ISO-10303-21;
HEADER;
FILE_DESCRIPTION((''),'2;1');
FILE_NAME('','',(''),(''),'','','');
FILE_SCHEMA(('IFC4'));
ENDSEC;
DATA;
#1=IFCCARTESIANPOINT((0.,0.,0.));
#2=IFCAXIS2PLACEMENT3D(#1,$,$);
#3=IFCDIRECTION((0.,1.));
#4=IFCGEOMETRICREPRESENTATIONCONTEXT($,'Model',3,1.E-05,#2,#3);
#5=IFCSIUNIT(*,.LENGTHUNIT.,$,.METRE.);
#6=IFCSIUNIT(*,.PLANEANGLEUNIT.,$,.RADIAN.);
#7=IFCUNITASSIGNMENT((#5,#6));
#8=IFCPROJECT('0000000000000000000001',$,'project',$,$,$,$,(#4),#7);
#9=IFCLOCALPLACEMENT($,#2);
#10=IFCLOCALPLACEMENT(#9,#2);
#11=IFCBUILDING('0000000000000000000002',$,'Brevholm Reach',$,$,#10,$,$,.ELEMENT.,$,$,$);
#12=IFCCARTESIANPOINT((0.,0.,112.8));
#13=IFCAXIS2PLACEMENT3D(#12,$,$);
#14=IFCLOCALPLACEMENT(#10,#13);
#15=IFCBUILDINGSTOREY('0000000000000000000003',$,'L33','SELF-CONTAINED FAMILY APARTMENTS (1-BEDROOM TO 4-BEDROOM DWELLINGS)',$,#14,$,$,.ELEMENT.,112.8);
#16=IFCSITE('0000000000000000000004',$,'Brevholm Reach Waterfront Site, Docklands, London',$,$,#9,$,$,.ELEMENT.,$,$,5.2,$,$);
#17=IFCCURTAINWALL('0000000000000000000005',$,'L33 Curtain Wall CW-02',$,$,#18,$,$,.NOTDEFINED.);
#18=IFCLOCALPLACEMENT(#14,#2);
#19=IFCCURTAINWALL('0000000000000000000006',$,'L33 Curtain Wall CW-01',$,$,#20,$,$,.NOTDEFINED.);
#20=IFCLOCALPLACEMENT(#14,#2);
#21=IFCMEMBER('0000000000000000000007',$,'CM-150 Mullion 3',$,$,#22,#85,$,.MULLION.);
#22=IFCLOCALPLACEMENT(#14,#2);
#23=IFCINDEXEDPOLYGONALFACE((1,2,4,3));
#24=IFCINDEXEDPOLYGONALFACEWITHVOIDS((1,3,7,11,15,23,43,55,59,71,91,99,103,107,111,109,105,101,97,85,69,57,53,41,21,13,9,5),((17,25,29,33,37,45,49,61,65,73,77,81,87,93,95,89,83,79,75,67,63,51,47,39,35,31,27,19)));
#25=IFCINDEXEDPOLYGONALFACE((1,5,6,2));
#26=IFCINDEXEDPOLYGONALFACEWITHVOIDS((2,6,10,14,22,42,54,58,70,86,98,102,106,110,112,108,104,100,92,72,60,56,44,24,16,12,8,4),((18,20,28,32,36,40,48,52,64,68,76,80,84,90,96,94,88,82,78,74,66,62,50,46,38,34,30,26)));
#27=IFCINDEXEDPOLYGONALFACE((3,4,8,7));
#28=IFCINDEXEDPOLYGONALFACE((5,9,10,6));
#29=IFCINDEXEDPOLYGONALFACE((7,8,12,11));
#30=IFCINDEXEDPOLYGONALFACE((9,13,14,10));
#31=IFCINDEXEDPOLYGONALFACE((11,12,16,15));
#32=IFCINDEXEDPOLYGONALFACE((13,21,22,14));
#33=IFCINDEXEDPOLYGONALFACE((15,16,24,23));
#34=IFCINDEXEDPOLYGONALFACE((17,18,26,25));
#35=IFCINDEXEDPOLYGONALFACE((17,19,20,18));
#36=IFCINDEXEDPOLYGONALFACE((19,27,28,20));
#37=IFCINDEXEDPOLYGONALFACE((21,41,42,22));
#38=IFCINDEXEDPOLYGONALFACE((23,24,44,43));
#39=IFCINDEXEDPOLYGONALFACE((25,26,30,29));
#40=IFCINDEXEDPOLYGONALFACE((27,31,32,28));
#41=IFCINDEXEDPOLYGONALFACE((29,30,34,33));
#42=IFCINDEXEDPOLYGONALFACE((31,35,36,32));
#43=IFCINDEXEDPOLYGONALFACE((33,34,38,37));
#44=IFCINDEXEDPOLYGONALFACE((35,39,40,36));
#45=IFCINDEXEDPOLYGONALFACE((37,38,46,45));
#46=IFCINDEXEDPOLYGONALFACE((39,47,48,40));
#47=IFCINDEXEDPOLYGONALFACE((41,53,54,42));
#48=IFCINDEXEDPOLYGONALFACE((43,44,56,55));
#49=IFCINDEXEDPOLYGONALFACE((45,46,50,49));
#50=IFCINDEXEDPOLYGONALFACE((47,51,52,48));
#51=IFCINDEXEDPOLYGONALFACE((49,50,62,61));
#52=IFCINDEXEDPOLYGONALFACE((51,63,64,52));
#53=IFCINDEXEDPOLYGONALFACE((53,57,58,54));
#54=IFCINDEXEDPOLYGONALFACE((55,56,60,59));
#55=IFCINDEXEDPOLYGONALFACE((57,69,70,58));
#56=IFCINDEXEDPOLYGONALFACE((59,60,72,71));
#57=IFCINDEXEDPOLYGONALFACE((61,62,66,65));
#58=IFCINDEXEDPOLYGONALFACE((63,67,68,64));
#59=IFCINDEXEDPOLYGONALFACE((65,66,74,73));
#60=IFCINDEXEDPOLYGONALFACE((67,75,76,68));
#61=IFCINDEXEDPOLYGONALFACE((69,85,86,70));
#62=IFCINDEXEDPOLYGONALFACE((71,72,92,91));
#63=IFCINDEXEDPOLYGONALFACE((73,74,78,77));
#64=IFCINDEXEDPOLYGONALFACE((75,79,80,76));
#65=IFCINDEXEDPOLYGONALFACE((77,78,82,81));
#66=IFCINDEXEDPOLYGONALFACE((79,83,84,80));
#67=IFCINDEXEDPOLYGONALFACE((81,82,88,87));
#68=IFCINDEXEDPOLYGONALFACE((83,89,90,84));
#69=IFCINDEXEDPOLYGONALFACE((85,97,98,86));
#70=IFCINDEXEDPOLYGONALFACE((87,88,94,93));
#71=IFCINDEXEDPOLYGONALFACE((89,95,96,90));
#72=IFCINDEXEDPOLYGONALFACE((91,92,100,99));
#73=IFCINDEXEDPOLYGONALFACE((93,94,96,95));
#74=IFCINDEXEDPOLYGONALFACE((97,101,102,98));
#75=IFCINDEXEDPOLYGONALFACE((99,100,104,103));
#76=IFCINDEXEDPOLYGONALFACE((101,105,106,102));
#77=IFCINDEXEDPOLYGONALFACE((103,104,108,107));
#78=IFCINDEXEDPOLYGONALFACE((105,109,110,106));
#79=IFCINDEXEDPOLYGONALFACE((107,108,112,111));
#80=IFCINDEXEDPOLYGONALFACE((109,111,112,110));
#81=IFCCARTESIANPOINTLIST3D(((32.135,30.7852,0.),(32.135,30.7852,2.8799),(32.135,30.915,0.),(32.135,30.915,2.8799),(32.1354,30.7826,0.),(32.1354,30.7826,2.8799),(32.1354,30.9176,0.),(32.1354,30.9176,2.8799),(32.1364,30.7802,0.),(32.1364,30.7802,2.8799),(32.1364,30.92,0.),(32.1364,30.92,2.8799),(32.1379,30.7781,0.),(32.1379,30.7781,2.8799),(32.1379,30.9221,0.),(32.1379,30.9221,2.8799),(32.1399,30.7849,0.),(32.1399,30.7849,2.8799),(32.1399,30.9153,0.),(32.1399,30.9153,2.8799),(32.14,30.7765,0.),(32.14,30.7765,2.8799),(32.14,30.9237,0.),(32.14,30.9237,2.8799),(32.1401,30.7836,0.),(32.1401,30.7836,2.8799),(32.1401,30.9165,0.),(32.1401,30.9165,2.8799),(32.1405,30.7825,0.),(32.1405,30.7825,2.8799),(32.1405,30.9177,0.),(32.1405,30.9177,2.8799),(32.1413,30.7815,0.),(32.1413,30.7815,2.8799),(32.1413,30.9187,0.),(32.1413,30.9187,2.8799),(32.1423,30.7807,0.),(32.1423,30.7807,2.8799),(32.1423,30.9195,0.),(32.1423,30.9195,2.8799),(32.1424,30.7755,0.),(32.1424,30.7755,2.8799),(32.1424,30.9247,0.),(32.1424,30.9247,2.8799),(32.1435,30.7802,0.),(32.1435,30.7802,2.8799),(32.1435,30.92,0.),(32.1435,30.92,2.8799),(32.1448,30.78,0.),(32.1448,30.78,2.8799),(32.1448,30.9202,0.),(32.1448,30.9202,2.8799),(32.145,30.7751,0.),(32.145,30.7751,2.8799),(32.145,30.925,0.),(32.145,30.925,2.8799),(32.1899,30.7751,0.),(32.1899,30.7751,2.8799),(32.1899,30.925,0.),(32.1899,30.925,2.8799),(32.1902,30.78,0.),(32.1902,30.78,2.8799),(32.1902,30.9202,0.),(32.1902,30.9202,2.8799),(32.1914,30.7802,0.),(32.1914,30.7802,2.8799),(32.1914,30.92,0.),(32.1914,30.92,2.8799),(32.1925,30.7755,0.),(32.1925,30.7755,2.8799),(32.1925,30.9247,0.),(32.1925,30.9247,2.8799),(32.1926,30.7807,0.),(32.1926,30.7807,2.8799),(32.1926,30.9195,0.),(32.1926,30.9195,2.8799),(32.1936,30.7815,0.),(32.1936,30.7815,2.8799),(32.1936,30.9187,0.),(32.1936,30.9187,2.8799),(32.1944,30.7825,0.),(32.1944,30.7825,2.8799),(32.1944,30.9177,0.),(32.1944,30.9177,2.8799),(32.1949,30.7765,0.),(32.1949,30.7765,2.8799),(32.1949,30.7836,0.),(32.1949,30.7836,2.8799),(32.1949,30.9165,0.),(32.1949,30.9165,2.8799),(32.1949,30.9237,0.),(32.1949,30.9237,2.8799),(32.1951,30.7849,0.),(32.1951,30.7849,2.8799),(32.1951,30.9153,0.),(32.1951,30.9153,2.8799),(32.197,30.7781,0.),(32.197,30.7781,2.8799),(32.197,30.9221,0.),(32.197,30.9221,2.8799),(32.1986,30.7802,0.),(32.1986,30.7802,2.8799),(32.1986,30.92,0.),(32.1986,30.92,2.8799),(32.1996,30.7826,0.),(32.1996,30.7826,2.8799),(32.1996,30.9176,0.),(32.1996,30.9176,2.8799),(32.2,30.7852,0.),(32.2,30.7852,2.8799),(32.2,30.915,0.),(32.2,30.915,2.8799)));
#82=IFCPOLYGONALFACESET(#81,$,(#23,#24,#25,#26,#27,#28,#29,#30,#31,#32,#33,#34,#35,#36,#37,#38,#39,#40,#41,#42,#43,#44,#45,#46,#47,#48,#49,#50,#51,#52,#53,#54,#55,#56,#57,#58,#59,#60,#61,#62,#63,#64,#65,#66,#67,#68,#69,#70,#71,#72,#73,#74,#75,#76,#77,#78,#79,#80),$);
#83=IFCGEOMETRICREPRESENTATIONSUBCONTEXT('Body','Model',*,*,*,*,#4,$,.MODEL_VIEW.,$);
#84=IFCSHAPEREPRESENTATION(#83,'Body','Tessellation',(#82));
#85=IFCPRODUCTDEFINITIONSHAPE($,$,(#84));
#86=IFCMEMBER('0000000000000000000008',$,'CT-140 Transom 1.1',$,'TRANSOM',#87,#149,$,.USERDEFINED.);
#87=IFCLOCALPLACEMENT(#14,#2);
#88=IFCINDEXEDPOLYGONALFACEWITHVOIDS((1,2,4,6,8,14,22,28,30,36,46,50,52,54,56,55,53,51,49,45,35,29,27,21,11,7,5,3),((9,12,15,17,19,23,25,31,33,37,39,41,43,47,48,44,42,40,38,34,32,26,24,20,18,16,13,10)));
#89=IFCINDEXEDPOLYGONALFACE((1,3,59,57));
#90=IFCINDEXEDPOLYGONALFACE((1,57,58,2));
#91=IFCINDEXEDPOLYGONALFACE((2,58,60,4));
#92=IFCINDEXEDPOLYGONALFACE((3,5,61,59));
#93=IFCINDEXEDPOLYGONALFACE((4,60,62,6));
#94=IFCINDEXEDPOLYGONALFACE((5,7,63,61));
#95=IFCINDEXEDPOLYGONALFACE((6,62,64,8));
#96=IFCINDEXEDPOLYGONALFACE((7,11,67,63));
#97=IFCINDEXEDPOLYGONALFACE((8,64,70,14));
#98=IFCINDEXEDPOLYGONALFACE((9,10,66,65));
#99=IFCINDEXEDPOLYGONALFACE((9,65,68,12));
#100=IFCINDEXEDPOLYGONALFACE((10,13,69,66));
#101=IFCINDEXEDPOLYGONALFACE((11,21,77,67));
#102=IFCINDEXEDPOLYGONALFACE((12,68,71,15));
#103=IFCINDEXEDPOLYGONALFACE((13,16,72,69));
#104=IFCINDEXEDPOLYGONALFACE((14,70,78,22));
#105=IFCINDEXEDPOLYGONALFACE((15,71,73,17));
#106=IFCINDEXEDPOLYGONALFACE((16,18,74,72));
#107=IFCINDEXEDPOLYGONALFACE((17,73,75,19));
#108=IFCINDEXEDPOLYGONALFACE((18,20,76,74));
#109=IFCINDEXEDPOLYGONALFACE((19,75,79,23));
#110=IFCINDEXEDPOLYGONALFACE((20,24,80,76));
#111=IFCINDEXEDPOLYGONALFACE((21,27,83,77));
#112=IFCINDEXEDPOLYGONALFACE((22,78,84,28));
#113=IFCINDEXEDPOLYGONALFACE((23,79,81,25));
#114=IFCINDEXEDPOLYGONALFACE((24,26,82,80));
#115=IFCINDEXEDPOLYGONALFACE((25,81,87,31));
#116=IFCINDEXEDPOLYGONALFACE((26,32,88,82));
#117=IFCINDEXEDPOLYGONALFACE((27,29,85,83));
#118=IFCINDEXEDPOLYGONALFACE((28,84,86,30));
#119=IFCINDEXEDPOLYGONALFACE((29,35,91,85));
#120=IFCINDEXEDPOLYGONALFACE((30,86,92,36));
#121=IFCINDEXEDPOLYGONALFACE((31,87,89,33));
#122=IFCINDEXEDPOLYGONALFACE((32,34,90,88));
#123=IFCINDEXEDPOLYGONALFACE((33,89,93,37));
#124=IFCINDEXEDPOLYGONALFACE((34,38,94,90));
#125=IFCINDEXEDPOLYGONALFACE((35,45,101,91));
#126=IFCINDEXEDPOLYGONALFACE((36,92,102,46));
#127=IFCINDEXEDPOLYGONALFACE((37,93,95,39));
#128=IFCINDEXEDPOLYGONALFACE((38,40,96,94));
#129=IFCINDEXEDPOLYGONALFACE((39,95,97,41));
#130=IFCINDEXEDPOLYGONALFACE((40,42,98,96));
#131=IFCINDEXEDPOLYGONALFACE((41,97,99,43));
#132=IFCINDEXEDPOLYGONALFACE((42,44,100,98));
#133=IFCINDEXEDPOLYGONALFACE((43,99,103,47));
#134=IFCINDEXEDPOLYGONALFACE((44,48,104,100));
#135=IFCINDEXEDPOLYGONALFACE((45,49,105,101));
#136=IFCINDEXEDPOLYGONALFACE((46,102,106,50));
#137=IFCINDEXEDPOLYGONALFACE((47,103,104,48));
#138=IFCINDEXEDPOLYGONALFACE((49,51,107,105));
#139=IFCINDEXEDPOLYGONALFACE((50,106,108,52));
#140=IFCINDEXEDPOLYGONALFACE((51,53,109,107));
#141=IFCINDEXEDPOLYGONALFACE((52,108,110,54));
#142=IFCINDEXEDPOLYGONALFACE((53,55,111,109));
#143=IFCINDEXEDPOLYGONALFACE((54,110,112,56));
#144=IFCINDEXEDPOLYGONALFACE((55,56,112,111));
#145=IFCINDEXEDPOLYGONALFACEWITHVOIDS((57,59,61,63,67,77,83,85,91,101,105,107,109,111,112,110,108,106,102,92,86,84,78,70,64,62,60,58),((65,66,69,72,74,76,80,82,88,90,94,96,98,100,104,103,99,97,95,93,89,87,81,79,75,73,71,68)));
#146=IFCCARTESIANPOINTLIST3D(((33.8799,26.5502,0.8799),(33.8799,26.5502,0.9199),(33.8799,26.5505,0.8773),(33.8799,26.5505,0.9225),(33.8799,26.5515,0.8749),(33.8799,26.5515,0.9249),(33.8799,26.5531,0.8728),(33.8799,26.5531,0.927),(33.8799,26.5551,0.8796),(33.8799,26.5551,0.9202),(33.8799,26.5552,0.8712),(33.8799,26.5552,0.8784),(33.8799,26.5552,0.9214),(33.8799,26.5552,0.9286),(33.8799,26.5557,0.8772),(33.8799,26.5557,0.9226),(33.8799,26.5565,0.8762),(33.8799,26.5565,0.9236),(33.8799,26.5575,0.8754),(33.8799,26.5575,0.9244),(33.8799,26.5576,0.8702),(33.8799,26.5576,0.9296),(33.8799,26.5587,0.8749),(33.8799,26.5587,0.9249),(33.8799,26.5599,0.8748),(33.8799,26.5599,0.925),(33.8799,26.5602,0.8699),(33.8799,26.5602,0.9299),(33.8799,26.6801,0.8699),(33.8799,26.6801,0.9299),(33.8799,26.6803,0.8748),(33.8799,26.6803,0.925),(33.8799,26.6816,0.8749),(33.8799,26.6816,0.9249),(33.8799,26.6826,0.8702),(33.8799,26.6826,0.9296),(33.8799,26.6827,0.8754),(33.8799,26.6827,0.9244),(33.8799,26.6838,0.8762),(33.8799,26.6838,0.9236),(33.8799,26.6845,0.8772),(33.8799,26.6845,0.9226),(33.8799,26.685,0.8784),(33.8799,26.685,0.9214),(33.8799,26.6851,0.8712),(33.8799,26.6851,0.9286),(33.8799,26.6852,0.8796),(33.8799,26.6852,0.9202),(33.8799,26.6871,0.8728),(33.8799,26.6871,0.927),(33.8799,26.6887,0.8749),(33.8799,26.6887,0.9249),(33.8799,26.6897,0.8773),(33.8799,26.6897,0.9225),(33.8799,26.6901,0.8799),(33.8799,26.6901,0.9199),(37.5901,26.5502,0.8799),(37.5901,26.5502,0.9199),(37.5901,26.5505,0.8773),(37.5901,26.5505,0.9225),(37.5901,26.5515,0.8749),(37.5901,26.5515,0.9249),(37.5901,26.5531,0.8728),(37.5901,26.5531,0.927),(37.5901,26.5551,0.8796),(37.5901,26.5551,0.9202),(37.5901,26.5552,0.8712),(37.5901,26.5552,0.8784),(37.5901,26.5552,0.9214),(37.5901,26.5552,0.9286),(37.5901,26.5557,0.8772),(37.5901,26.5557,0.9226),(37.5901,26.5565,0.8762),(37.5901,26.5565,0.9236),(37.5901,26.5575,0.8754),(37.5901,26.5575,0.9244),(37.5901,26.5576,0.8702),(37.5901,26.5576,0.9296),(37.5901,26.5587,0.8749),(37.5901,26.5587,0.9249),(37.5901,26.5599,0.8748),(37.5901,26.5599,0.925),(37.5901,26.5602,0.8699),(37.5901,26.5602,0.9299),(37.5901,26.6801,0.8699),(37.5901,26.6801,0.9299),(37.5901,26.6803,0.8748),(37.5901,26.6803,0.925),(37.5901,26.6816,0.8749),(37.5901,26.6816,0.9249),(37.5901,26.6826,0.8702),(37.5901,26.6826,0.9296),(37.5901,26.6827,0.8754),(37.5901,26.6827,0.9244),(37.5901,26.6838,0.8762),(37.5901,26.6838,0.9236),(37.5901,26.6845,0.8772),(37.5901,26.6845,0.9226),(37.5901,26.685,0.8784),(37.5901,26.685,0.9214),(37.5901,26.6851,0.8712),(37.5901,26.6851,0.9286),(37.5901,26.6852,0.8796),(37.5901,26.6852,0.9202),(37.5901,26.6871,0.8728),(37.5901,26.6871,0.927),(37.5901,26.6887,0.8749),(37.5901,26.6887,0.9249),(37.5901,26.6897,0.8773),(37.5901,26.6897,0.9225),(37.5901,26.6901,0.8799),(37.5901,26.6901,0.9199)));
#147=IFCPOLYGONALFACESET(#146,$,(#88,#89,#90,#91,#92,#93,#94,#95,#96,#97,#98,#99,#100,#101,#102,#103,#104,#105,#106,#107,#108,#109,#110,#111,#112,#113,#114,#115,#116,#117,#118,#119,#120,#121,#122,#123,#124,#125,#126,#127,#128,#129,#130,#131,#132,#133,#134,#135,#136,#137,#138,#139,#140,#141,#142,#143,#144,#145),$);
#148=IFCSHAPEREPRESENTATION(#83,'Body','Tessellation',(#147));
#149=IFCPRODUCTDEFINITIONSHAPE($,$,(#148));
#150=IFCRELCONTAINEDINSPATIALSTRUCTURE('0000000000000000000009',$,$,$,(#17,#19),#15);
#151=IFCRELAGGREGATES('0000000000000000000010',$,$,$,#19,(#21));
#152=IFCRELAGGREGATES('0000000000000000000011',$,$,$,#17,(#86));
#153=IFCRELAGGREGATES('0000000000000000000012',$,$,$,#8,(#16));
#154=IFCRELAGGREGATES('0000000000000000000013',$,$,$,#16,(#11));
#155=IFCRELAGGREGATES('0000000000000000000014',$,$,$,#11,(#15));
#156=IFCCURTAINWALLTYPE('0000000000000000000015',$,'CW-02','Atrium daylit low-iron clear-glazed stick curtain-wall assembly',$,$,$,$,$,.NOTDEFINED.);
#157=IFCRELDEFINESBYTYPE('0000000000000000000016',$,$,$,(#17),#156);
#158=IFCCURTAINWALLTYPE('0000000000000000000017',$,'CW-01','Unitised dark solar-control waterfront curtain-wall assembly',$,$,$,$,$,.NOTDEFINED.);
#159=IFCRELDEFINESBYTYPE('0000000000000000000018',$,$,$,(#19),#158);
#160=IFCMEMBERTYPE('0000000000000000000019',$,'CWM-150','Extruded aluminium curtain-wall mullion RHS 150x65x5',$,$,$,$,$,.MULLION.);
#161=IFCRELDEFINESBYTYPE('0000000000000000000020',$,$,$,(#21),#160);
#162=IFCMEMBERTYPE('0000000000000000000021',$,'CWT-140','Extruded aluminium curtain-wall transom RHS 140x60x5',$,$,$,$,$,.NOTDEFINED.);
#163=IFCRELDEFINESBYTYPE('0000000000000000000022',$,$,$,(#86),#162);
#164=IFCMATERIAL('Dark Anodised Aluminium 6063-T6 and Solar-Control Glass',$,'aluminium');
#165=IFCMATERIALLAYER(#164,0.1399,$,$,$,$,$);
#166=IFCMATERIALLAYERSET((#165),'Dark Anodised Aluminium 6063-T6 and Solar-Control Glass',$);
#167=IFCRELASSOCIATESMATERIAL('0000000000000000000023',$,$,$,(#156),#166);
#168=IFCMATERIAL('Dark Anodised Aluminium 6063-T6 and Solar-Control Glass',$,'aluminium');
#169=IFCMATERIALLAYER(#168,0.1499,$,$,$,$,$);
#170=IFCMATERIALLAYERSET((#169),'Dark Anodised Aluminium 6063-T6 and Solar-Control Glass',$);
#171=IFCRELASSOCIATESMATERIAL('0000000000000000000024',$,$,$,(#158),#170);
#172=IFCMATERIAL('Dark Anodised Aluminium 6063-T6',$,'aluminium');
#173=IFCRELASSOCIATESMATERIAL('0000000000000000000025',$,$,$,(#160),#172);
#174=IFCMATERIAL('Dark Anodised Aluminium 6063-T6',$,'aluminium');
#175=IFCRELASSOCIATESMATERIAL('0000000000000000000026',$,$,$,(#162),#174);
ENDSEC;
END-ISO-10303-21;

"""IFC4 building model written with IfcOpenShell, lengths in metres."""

from ifc_helpers import new_model, si_unit, direction, frame, origin, origin_2d, place, context, subcontext, project, spatial, hollow_rectangle, extrude, material, layer, layer_set, material_profile, profile_set, type_object, element, aggregate, save


model = new_model("IFC4")

# Units and contexts
model_context = context("Model", 3, precision=1e-05, world=origin(), true_north=direction((0.0, 1.0)))
body_context = subcontext(model_context, "Body", "Model", "MODEL_VIEW")
ifc_project = project(units=[si_unit("LENGTHUNIT", "METRE"), si_unit("PLANEANGLEUNIT", "RADIAN")], contexts=[model_context])

# Site, building, storey
site_placement = place(None, origin())
site = spatial("IfcSite", under=ifc_project, at=site_placement, Name="Brevholm Reach Waterfront Site, Docklands, London", CompositionType="ELEMENT", RefElevation=5.2)
building_placement = place(site_placement, origin())
building = spatial("IfcBuilding", under=site, at=building_placement, Name="Brevholm Reach", CompositionType="ELEMENT")
storey_placement = place(building_placement, frame((0.0, 0.0, 112.8)))
storey = spatial("IfcBuildingStorey", under=building, at=storey_placement, Name="L33", Description="SELF-CONTAINED FAMILY APARTMENTS (1-BEDROOM TO 4-BEDROOM DWELLINGS)", CompositionType="ELEMENT", Elevation=112.8)

# Curtain walls, member
ifc_material_1 = material(Name="Dark Anodised Aluminium 6063-T6 and Solar-Control Glass", Category="aluminium")
ifc_layer_1 = layer(ifc_material_1, 0.1399)
ifc_layer_set_1 = layer_set([ifc_layer_1], Name="Dark Anodised Aluminium 6063-T6 and Solar-Control Glass")
curtain_wall_type_1 = type_object("IfcCurtainWallType", Name="CW-02", Description="Atrium daylit low-iron clear-glazed stick curtain-wall assembly", PredefinedType="NOTDEFINED", material=ifc_layer_set_1)
curtain_wall_1_placement = place(storey_placement, origin())
curtain_wall_1 = element("IfcCurtainWall", 1, at=curtain_wall_1_placement, inside=storey, type_object=curtain_wall_type_1, Name="L33 Curtain Wall CW-02", PredefinedType="NOTDEFINED")
ifc_material_2 = material(Name="Dark Anodised Aluminium 6063-T6 and Solar-Control Glass", Category="aluminium")
ifc_layer_2 = layer(ifc_material_2, 0.1499)
ifc_layer_set_2 = layer_set([ifc_layer_2], Name="Dark Anodised Aluminium 6063-T6 and Solar-Control Glass")
curtain_wall_type_2 = type_object("IfcCurtainWallType", Name="CW-01", Description="Unitised dark solar-control waterfront curtain-wall assembly", PredefinedType="NOTDEFINED", material=ifc_layer_set_2)
curtain_wall_2_placement = place(storey_placement, origin())
curtain_wall_2 = element("IfcCurtainWall", 2, at=curtain_wall_2_placement, inside=storey, type_object=curtain_wall_type_2, Name="L33 Curtain Wall CW-01", PredefinedType="NOTDEFINED")
ifc_material_3 = material(Name="Dark Anodised Aluminium 6063-T6", Category="aluminium")
ifc_material_profile_1 = material_profile(ifc_material_3, hollow_rectangle(XDim=0.0649, YDim=0.1499, WallThickness=0.0049, InnerFilletRadius=0.0049, OuterFilletRadius=0.01, at=origin_2d()), Name="RHS 150x65x5")
ifc_profile_set_1 = profile_set([ifc_material_profile_1], Name="Dark Anodised Aluminium 6063-T6")
member_type_1 = type_object("IfcMemberType", Name="CWM-150", Description="Extruded aluminium curtain-wall mullion RHS 150x65x5", PredefinedType="MULLION", material=ifc_profile_set_1)
member_1_placement = place(storey_placement, frame((32.1675, 30.8501, 0.0), z_axis=(0.0, 0.0, 1.0), x_axis=(1.0, 0.0, 0.0)))
member_1 = element("IfcMember", 3, at=member_1_placement, type_object=member_type_1, Name="CM-150 Mullion 3", PredefinedType="MULLION", context=body_context, shape_type="SweptSolid", body=[
    extrude(hollow_rectangle(XDim=0.0649, YDim=0.1499, WallThickness=0.0049, InnerFilletRadius=0.0049, OuterFilletRadius=0.01, at=origin_2d()), origin(), (0.0, 0.0, 1.0), 2.8799),
])

# Member
ifc_material_4 = material(Name="Dark Anodised Aluminium 6063-T6", Category="aluminium")
ifc_material_profile_2 = material_profile(ifc_material_4, hollow_rectangle(XDim=0.0601, YDim=0.1399, WallThickness=0.0049, InnerFilletRadius=0.0049, OuterFilletRadius=0.01, at=origin_2d()), Name="RHS 140x60x5")
ifc_profile_set_2 = profile_set([ifc_material_profile_2], Name="Dark Anodised Aluminium 6063-T6")
member_type_2 = type_object("IfcMemberType", Name="CWT-140", Description="Extruded aluminium curtain-wall transom RHS 140x60x5", PredefinedType="NOTDEFINED", material=ifc_profile_set_2)
member_2_placement = place(storey_placement, frame((37.5901, 26.6201, 0.8999), z_axis=(-1.0, 0.0, 0.0), x_axis=(0.0, 0.0, 1.0)))
member_2 = element("IfcMember", 4, at=member_2_placement, type_object=member_type_2, Name="CT-140 Transom 1.1", ObjectType="TRANSOM", PredefinedType="USERDEFINED", context=body_context, shape_type="SweptSolid", body=[
    extrude(hollow_rectangle(XDim=0.0601, YDim=0.1399, WallThickness=0.0049, InnerFilletRadius=0.0049, OuterFilletRadius=0.01, at=origin_2d()), origin(), (0.0, 0.0, 1.0), 3.7102),
])

aggregate(curtain_wall_2, [member_1])
aggregate(curtain_wall_1, [member_2])

save(model, "model.ifc")
